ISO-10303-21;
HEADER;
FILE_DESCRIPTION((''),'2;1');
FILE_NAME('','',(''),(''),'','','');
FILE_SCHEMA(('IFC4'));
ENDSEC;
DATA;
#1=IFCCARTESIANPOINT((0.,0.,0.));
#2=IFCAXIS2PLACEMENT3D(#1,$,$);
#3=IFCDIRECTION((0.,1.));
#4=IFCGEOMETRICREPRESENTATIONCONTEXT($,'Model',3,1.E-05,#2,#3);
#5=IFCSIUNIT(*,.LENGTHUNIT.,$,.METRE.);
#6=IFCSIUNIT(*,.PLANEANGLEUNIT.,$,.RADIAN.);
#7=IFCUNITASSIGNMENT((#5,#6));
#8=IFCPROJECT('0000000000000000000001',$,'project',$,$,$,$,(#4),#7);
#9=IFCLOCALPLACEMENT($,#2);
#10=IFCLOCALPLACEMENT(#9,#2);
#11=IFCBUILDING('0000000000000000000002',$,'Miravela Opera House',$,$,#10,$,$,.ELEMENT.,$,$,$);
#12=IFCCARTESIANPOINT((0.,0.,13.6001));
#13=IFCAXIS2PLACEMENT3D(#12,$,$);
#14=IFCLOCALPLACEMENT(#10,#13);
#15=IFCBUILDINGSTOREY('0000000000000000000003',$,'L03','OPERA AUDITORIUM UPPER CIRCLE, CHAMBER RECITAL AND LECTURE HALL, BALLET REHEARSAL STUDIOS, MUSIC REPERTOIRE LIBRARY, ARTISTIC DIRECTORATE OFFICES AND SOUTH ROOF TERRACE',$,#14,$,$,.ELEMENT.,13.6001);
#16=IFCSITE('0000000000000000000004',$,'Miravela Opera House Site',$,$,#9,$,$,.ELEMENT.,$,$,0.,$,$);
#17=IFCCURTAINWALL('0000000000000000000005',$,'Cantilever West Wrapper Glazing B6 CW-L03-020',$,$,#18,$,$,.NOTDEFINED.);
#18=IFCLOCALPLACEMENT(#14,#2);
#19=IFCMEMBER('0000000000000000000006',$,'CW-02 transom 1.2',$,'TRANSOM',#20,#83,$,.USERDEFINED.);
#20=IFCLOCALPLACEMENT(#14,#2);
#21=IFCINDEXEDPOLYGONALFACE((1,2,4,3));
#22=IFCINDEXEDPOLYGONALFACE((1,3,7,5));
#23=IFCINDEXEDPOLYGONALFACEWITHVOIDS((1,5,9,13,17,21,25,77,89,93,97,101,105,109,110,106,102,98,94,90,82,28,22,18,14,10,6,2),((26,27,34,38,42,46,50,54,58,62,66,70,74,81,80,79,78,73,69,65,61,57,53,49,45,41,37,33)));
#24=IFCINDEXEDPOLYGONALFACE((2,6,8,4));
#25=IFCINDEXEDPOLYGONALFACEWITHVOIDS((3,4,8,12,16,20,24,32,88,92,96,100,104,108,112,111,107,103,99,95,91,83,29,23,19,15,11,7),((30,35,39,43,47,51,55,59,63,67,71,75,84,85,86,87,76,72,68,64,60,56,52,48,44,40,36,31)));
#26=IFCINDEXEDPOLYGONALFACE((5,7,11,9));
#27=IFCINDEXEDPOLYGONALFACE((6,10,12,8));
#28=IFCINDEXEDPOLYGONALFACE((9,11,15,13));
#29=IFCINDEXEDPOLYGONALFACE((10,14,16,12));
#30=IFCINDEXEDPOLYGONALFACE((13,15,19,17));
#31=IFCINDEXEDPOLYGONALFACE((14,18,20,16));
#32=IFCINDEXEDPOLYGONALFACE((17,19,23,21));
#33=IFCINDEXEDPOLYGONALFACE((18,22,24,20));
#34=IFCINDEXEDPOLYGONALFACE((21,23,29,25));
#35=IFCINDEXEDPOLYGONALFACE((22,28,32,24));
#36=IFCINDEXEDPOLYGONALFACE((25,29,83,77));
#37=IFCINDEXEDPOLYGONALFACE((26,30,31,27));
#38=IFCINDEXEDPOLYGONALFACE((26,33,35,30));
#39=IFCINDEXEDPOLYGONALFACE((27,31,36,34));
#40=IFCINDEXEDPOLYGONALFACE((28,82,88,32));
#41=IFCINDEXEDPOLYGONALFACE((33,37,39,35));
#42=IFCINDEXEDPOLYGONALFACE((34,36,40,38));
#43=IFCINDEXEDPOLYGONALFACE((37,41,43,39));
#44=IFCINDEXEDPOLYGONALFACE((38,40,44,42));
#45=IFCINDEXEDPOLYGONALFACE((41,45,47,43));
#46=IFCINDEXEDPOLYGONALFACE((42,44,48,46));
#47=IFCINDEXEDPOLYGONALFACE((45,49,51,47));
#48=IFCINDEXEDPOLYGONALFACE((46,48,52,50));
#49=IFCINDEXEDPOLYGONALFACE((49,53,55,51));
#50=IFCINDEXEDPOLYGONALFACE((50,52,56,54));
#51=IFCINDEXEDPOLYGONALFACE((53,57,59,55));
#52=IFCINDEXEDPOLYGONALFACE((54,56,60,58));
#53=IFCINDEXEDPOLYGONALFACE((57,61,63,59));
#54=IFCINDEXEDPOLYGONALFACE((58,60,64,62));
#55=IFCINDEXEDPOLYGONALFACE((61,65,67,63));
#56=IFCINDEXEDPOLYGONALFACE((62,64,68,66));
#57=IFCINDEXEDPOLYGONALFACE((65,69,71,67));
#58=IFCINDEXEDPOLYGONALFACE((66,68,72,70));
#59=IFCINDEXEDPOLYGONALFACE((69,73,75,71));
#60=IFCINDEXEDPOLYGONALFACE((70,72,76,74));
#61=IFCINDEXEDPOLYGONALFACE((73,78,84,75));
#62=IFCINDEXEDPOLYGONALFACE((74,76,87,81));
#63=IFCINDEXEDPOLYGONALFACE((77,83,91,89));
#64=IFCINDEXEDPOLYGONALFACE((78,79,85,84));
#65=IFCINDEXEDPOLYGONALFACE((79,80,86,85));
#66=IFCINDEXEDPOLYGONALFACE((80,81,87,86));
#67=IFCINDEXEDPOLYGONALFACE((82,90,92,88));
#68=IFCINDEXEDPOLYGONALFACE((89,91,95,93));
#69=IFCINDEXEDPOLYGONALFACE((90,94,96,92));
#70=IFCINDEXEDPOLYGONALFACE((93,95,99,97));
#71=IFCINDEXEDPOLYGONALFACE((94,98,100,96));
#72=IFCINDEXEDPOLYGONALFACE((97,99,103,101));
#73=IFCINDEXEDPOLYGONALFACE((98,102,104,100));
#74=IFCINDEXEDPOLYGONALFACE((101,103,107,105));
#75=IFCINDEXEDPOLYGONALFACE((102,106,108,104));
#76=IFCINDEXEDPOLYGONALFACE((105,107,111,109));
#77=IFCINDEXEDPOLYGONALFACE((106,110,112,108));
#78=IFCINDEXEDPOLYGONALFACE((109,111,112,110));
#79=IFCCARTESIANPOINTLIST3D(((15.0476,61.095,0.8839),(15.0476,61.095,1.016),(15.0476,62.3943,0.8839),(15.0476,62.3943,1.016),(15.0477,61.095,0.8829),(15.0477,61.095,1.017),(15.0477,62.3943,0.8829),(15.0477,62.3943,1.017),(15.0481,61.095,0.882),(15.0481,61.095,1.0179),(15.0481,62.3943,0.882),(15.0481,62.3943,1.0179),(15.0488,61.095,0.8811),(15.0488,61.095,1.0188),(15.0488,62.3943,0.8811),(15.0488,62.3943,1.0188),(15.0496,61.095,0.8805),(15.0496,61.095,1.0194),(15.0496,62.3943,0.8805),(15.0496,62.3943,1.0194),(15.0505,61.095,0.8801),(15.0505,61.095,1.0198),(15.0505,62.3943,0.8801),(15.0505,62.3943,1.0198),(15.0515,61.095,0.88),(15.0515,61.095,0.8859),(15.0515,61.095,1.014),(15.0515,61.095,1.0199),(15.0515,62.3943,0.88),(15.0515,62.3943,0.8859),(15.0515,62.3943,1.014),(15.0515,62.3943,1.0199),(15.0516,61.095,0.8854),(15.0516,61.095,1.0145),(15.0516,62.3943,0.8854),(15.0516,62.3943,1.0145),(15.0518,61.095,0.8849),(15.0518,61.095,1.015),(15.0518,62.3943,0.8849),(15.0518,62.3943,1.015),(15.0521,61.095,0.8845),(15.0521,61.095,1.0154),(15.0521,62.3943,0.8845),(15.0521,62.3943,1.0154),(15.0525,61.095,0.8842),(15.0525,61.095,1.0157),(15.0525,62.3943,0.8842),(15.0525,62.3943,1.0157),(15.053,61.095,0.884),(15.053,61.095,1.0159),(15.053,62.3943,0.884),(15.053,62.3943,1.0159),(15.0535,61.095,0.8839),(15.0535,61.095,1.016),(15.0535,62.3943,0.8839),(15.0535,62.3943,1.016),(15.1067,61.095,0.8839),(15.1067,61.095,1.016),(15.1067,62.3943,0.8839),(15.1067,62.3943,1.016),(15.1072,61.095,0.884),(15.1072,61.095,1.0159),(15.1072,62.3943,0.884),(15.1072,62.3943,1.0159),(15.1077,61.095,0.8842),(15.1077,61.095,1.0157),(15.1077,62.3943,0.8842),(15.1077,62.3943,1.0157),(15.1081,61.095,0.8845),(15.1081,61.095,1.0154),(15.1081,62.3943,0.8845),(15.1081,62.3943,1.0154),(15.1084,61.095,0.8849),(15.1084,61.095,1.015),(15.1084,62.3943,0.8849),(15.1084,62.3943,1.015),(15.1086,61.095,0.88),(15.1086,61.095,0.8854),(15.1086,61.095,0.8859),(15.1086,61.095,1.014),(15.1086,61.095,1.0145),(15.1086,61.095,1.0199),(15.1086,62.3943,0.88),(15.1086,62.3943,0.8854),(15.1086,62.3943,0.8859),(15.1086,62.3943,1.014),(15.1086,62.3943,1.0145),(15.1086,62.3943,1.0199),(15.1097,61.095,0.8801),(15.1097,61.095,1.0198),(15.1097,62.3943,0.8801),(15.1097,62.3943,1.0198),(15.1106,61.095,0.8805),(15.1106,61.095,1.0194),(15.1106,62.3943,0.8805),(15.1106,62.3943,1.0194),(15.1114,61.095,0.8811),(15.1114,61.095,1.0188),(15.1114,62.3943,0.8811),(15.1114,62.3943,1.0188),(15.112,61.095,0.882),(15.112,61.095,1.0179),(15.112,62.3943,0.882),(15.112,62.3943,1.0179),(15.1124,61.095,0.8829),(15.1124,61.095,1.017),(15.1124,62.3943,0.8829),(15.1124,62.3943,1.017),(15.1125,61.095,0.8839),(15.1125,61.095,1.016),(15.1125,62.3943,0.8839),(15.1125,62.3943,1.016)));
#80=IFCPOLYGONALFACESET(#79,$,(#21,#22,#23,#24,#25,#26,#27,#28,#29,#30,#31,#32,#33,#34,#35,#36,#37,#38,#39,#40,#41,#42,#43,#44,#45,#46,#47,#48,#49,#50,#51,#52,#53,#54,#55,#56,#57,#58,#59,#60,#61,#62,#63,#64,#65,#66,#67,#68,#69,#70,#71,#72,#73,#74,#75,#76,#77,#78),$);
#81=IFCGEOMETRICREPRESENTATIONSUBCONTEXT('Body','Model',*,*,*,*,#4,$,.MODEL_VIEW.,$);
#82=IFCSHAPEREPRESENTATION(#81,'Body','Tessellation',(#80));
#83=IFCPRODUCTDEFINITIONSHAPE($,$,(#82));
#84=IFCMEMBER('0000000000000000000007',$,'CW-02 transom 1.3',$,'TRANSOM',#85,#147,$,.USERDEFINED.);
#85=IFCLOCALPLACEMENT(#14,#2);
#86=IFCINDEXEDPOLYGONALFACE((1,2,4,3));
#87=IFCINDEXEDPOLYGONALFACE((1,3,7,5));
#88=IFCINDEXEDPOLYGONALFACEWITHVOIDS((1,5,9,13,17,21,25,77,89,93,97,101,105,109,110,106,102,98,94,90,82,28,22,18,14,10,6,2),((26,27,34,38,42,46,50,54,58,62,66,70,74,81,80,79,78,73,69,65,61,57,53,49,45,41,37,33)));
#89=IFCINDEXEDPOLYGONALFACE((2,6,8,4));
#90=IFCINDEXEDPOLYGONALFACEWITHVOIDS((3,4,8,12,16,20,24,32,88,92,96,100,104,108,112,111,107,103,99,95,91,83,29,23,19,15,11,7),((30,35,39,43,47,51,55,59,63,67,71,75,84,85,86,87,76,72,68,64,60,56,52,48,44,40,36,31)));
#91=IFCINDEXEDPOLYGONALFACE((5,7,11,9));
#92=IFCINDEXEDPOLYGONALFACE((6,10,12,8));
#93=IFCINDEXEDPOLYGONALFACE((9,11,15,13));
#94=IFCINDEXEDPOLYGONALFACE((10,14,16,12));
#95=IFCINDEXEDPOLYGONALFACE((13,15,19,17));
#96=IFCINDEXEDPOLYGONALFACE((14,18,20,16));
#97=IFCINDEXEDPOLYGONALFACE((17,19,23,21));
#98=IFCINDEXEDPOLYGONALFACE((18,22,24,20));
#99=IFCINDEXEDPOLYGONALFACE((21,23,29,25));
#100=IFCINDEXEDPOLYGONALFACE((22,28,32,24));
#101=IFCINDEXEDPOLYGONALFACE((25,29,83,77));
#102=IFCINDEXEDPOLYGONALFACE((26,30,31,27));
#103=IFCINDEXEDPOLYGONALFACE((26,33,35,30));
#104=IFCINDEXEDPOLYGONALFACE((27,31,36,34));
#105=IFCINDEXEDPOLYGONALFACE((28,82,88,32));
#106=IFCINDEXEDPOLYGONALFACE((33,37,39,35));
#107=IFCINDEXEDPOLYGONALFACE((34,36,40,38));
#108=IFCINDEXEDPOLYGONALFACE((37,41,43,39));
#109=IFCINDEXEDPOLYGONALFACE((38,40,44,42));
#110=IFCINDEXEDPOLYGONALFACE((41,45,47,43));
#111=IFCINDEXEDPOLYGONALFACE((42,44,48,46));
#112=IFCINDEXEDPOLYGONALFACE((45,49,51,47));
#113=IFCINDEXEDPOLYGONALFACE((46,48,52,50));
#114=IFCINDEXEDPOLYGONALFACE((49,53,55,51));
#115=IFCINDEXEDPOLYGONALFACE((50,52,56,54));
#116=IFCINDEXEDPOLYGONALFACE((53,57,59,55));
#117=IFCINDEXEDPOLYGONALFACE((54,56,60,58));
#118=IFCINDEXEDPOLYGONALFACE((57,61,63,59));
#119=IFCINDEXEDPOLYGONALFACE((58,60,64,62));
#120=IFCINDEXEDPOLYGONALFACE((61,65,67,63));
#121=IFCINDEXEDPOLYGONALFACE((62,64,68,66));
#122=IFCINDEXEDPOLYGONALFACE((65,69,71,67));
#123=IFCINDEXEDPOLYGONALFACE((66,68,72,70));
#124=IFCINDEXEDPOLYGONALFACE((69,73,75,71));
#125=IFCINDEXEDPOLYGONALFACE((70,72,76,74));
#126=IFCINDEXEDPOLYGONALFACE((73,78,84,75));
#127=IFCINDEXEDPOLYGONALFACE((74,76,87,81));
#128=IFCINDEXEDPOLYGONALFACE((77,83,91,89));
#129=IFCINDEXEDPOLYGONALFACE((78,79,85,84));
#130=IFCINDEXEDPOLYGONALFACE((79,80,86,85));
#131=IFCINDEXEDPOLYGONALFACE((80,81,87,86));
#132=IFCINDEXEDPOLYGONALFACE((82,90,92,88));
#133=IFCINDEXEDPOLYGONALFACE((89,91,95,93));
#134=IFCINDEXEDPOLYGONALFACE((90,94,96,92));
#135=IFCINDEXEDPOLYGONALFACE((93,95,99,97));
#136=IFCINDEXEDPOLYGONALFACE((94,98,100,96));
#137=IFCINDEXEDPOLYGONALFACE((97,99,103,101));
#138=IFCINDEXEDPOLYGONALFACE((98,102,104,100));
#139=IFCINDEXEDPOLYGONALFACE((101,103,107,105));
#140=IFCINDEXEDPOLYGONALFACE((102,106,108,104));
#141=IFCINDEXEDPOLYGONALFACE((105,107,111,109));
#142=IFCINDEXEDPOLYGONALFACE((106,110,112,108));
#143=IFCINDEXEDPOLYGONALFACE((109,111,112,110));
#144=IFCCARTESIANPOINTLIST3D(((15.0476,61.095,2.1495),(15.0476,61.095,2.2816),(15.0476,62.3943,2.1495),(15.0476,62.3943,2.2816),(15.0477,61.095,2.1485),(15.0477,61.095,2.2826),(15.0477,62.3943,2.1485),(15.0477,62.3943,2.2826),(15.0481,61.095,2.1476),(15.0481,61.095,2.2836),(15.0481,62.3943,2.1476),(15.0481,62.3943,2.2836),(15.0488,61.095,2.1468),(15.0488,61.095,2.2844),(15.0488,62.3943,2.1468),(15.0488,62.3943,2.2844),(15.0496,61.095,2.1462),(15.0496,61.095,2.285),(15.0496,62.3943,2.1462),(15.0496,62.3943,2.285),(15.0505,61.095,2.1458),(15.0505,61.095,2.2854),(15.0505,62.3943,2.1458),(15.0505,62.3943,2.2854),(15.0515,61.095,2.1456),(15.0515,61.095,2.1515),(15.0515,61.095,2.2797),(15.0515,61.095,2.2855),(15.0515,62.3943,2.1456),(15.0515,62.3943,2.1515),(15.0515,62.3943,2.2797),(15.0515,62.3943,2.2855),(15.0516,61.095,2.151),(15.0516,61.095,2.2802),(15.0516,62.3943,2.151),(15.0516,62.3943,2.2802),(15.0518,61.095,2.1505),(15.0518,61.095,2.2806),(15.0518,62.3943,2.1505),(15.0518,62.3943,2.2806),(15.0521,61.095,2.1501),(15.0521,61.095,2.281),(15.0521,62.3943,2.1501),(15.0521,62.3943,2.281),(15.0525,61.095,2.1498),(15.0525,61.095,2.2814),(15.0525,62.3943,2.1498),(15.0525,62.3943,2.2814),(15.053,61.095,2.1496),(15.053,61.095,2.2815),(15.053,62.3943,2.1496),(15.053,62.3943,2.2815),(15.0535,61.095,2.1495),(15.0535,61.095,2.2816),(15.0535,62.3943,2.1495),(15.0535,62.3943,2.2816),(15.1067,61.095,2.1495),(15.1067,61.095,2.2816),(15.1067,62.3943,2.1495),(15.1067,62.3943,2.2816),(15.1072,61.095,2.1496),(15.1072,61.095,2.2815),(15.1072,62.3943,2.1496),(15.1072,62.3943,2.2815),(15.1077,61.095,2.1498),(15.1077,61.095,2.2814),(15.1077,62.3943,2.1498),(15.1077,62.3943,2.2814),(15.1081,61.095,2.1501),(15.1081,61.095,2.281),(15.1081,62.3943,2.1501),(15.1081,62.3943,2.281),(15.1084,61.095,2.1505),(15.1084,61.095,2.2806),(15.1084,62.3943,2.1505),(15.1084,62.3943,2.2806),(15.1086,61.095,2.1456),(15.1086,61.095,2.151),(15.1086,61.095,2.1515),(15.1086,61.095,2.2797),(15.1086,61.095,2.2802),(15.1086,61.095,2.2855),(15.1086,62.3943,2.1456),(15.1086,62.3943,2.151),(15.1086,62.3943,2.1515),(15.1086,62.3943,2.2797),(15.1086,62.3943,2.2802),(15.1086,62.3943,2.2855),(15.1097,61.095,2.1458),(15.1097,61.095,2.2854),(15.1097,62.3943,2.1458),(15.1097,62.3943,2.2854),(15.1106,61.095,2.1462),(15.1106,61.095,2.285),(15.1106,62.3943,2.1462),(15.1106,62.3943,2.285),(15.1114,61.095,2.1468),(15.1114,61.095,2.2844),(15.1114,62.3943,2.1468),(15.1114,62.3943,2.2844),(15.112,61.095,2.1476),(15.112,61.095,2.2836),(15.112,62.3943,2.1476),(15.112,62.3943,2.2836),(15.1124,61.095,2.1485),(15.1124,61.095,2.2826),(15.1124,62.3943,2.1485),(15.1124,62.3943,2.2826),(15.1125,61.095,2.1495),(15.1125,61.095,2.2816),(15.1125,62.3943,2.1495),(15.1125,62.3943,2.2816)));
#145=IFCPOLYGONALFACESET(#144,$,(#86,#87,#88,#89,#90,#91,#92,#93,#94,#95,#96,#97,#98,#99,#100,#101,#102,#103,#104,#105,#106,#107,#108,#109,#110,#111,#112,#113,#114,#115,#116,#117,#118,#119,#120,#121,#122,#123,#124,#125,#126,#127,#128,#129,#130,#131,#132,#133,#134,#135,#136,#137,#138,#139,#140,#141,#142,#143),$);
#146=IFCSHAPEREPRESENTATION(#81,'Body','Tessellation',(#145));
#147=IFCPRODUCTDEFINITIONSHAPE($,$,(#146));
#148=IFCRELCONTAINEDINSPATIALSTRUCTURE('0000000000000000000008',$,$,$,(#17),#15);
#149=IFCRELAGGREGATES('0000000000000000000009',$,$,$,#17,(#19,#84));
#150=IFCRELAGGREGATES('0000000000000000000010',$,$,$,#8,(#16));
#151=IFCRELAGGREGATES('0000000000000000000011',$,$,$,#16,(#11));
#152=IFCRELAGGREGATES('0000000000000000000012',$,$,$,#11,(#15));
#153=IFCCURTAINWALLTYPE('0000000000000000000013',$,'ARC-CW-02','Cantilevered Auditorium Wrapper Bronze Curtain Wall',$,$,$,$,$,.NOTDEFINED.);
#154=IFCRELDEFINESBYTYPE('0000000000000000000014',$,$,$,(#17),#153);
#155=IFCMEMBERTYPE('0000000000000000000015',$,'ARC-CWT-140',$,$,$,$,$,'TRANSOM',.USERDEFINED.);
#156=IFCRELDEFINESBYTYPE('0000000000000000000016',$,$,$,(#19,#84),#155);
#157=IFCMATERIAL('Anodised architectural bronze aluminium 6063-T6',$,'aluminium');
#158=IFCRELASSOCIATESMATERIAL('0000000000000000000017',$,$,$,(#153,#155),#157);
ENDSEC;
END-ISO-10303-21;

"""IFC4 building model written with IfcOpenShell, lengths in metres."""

from ifc_helpers import new_model, si_unit, direction, frame, origin, origin_2d, place, context, subcontext, project, spatial, hollow_rectangle, extrude, material, material_profile, profile_set, type_object, element, aggregate, save


model = new_model("IFC4")

# Units and contexts
model_context = context("Model", 3, precision=1e-05, world=origin(), true_north=direction((0.0, 1.0)))
body_context = subcontext(model_context, "Body", "Model", "MODEL_VIEW")
ifc_project = project(units=[si_unit("LENGTHUNIT", "METRE"), si_unit("PLANEANGLEUNIT", "RADIAN")], contexts=[model_context])

# Site, building, storey
site_placement = place(None, origin())
site = spatial("IfcSite", under=ifc_project, at=site_placement, Name="Miravela Opera House Site", CompositionType="ELEMENT", RefElevation=0.0)
building_placement = place(site_placement, origin())
building = spatial("IfcBuilding", under=site, at=building_placement, Name="Miravela Opera House", CompositionType="ELEMENT")
storey_placement = place(building_placement, frame((0.0, 0.0, 13.6001)))
storey = spatial("IfcBuildingStorey", under=building, at=storey_placement, Name="L03", Description="OPERA AUDITORIUM UPPER CIRCLE, CHAMBER RECITAL AND LECTURE HALL, BALLET REHEARSAL STUDIOS, MUSIC REPERTOIRE LIBRARY, ARTISTIC DIRECTORATE OFFICES AND SOUTH ROOF TERRACE", CompositionType="ELEMENT", Elevation=13.6001)

# Shared definitions
ifc_material_1 = material(Name="Anodised architectural bronze aluminium 6063-T6", Category="aluminium")
curtain_wall_type = type_object("IfcCurtainWallType", Name="ARC-CW-02", Description="Cantilevered Auditorium Wrapper Bronze Curtain Wall", PredefinedType="NOTDEFINED", material=ifc_material_1)

# Curtain wall
curtain_wall_1_placement = place(storey_placement, origin())
curtain_wall_1 = element("IfcCurtainWall", 1, at=curtain_wall_1_placement, inside=storey, type_object=curtain_wall_type, Name="Cantilever West Wrapper Glazing B6 CW-L03-020", PredefinedType="NOTDEFINED")

# Members
ifc_material_profile_1 = material_profile(ifc_material_1, hollow_rectangle(XDim=0.0649, YDim=0.1399, WallThickness=0.0039, InnerFilletRadius=0.002, OuterFilletRadius=0.0039, at=origin_2d()), Name="CWT-65X140")
ifc_profile_set_1 = profile_set([ifc_material_profile_1])
member_type_1 = type_object("IfcMemberType", Name="ARC-CWT-140", ElementType="TRANSOM", PredefinedType="USERDEFINED", material=ifc_profile_set_1)
member_1_placement = place(storey_placement, frame((15.0801, 61.095, 0.95), z_axis=(0.0, 1.0, 0.0), x_axis=(-1.0, 0.0, 0.0)))
member_1 = element("IfcMember", 2, at=member_1_placement, type_object=member_type_1, Name="CW-02 transom 1.2", ObjectType="TRANSOM", PredefinedType="USERDEFINED", context=body_context, shape_type="SweptSolid", body=[
    extrude(hollow_rectangle(XDim=0.0649, YDim=0.1399, WallThickness=0.0039, InnerFilletRadius=0.002, OuterFilletRadius=0.0039, at=origin_2d()), origin(), (0.0, 0.0, 1.0), 1.2993),
])
member_2_placement = place(storey_placement, frame((15.0801, 61.095, 2.2156), z_axis=(0.0, 1.0, 0.0), x_axis=(-1.0, 0.0, 0.0)))
member_2 = element("IfcMember", 3, at=member_2_placement, type_object=member_type_1, Name="CW-02 transom 1.3", ObjectType="TRANSOM", PredefinedType="USERDEFINED", context=body_context, shape_type="SweptSolid", body=[
    extrude(hollow_rectangle(XDim=0.0649, YDim=0.1399, WallThickness=0.0039, InnerFilletRadius=0.002, OuterFilletRadius=0.0039, at=origin_2d()), origin(), (0.0, 0.0, 1.0), 1.2993),
])
aggregate(curtain_wall_1, [member_1, member_2])

save(model, "model.ifc")
